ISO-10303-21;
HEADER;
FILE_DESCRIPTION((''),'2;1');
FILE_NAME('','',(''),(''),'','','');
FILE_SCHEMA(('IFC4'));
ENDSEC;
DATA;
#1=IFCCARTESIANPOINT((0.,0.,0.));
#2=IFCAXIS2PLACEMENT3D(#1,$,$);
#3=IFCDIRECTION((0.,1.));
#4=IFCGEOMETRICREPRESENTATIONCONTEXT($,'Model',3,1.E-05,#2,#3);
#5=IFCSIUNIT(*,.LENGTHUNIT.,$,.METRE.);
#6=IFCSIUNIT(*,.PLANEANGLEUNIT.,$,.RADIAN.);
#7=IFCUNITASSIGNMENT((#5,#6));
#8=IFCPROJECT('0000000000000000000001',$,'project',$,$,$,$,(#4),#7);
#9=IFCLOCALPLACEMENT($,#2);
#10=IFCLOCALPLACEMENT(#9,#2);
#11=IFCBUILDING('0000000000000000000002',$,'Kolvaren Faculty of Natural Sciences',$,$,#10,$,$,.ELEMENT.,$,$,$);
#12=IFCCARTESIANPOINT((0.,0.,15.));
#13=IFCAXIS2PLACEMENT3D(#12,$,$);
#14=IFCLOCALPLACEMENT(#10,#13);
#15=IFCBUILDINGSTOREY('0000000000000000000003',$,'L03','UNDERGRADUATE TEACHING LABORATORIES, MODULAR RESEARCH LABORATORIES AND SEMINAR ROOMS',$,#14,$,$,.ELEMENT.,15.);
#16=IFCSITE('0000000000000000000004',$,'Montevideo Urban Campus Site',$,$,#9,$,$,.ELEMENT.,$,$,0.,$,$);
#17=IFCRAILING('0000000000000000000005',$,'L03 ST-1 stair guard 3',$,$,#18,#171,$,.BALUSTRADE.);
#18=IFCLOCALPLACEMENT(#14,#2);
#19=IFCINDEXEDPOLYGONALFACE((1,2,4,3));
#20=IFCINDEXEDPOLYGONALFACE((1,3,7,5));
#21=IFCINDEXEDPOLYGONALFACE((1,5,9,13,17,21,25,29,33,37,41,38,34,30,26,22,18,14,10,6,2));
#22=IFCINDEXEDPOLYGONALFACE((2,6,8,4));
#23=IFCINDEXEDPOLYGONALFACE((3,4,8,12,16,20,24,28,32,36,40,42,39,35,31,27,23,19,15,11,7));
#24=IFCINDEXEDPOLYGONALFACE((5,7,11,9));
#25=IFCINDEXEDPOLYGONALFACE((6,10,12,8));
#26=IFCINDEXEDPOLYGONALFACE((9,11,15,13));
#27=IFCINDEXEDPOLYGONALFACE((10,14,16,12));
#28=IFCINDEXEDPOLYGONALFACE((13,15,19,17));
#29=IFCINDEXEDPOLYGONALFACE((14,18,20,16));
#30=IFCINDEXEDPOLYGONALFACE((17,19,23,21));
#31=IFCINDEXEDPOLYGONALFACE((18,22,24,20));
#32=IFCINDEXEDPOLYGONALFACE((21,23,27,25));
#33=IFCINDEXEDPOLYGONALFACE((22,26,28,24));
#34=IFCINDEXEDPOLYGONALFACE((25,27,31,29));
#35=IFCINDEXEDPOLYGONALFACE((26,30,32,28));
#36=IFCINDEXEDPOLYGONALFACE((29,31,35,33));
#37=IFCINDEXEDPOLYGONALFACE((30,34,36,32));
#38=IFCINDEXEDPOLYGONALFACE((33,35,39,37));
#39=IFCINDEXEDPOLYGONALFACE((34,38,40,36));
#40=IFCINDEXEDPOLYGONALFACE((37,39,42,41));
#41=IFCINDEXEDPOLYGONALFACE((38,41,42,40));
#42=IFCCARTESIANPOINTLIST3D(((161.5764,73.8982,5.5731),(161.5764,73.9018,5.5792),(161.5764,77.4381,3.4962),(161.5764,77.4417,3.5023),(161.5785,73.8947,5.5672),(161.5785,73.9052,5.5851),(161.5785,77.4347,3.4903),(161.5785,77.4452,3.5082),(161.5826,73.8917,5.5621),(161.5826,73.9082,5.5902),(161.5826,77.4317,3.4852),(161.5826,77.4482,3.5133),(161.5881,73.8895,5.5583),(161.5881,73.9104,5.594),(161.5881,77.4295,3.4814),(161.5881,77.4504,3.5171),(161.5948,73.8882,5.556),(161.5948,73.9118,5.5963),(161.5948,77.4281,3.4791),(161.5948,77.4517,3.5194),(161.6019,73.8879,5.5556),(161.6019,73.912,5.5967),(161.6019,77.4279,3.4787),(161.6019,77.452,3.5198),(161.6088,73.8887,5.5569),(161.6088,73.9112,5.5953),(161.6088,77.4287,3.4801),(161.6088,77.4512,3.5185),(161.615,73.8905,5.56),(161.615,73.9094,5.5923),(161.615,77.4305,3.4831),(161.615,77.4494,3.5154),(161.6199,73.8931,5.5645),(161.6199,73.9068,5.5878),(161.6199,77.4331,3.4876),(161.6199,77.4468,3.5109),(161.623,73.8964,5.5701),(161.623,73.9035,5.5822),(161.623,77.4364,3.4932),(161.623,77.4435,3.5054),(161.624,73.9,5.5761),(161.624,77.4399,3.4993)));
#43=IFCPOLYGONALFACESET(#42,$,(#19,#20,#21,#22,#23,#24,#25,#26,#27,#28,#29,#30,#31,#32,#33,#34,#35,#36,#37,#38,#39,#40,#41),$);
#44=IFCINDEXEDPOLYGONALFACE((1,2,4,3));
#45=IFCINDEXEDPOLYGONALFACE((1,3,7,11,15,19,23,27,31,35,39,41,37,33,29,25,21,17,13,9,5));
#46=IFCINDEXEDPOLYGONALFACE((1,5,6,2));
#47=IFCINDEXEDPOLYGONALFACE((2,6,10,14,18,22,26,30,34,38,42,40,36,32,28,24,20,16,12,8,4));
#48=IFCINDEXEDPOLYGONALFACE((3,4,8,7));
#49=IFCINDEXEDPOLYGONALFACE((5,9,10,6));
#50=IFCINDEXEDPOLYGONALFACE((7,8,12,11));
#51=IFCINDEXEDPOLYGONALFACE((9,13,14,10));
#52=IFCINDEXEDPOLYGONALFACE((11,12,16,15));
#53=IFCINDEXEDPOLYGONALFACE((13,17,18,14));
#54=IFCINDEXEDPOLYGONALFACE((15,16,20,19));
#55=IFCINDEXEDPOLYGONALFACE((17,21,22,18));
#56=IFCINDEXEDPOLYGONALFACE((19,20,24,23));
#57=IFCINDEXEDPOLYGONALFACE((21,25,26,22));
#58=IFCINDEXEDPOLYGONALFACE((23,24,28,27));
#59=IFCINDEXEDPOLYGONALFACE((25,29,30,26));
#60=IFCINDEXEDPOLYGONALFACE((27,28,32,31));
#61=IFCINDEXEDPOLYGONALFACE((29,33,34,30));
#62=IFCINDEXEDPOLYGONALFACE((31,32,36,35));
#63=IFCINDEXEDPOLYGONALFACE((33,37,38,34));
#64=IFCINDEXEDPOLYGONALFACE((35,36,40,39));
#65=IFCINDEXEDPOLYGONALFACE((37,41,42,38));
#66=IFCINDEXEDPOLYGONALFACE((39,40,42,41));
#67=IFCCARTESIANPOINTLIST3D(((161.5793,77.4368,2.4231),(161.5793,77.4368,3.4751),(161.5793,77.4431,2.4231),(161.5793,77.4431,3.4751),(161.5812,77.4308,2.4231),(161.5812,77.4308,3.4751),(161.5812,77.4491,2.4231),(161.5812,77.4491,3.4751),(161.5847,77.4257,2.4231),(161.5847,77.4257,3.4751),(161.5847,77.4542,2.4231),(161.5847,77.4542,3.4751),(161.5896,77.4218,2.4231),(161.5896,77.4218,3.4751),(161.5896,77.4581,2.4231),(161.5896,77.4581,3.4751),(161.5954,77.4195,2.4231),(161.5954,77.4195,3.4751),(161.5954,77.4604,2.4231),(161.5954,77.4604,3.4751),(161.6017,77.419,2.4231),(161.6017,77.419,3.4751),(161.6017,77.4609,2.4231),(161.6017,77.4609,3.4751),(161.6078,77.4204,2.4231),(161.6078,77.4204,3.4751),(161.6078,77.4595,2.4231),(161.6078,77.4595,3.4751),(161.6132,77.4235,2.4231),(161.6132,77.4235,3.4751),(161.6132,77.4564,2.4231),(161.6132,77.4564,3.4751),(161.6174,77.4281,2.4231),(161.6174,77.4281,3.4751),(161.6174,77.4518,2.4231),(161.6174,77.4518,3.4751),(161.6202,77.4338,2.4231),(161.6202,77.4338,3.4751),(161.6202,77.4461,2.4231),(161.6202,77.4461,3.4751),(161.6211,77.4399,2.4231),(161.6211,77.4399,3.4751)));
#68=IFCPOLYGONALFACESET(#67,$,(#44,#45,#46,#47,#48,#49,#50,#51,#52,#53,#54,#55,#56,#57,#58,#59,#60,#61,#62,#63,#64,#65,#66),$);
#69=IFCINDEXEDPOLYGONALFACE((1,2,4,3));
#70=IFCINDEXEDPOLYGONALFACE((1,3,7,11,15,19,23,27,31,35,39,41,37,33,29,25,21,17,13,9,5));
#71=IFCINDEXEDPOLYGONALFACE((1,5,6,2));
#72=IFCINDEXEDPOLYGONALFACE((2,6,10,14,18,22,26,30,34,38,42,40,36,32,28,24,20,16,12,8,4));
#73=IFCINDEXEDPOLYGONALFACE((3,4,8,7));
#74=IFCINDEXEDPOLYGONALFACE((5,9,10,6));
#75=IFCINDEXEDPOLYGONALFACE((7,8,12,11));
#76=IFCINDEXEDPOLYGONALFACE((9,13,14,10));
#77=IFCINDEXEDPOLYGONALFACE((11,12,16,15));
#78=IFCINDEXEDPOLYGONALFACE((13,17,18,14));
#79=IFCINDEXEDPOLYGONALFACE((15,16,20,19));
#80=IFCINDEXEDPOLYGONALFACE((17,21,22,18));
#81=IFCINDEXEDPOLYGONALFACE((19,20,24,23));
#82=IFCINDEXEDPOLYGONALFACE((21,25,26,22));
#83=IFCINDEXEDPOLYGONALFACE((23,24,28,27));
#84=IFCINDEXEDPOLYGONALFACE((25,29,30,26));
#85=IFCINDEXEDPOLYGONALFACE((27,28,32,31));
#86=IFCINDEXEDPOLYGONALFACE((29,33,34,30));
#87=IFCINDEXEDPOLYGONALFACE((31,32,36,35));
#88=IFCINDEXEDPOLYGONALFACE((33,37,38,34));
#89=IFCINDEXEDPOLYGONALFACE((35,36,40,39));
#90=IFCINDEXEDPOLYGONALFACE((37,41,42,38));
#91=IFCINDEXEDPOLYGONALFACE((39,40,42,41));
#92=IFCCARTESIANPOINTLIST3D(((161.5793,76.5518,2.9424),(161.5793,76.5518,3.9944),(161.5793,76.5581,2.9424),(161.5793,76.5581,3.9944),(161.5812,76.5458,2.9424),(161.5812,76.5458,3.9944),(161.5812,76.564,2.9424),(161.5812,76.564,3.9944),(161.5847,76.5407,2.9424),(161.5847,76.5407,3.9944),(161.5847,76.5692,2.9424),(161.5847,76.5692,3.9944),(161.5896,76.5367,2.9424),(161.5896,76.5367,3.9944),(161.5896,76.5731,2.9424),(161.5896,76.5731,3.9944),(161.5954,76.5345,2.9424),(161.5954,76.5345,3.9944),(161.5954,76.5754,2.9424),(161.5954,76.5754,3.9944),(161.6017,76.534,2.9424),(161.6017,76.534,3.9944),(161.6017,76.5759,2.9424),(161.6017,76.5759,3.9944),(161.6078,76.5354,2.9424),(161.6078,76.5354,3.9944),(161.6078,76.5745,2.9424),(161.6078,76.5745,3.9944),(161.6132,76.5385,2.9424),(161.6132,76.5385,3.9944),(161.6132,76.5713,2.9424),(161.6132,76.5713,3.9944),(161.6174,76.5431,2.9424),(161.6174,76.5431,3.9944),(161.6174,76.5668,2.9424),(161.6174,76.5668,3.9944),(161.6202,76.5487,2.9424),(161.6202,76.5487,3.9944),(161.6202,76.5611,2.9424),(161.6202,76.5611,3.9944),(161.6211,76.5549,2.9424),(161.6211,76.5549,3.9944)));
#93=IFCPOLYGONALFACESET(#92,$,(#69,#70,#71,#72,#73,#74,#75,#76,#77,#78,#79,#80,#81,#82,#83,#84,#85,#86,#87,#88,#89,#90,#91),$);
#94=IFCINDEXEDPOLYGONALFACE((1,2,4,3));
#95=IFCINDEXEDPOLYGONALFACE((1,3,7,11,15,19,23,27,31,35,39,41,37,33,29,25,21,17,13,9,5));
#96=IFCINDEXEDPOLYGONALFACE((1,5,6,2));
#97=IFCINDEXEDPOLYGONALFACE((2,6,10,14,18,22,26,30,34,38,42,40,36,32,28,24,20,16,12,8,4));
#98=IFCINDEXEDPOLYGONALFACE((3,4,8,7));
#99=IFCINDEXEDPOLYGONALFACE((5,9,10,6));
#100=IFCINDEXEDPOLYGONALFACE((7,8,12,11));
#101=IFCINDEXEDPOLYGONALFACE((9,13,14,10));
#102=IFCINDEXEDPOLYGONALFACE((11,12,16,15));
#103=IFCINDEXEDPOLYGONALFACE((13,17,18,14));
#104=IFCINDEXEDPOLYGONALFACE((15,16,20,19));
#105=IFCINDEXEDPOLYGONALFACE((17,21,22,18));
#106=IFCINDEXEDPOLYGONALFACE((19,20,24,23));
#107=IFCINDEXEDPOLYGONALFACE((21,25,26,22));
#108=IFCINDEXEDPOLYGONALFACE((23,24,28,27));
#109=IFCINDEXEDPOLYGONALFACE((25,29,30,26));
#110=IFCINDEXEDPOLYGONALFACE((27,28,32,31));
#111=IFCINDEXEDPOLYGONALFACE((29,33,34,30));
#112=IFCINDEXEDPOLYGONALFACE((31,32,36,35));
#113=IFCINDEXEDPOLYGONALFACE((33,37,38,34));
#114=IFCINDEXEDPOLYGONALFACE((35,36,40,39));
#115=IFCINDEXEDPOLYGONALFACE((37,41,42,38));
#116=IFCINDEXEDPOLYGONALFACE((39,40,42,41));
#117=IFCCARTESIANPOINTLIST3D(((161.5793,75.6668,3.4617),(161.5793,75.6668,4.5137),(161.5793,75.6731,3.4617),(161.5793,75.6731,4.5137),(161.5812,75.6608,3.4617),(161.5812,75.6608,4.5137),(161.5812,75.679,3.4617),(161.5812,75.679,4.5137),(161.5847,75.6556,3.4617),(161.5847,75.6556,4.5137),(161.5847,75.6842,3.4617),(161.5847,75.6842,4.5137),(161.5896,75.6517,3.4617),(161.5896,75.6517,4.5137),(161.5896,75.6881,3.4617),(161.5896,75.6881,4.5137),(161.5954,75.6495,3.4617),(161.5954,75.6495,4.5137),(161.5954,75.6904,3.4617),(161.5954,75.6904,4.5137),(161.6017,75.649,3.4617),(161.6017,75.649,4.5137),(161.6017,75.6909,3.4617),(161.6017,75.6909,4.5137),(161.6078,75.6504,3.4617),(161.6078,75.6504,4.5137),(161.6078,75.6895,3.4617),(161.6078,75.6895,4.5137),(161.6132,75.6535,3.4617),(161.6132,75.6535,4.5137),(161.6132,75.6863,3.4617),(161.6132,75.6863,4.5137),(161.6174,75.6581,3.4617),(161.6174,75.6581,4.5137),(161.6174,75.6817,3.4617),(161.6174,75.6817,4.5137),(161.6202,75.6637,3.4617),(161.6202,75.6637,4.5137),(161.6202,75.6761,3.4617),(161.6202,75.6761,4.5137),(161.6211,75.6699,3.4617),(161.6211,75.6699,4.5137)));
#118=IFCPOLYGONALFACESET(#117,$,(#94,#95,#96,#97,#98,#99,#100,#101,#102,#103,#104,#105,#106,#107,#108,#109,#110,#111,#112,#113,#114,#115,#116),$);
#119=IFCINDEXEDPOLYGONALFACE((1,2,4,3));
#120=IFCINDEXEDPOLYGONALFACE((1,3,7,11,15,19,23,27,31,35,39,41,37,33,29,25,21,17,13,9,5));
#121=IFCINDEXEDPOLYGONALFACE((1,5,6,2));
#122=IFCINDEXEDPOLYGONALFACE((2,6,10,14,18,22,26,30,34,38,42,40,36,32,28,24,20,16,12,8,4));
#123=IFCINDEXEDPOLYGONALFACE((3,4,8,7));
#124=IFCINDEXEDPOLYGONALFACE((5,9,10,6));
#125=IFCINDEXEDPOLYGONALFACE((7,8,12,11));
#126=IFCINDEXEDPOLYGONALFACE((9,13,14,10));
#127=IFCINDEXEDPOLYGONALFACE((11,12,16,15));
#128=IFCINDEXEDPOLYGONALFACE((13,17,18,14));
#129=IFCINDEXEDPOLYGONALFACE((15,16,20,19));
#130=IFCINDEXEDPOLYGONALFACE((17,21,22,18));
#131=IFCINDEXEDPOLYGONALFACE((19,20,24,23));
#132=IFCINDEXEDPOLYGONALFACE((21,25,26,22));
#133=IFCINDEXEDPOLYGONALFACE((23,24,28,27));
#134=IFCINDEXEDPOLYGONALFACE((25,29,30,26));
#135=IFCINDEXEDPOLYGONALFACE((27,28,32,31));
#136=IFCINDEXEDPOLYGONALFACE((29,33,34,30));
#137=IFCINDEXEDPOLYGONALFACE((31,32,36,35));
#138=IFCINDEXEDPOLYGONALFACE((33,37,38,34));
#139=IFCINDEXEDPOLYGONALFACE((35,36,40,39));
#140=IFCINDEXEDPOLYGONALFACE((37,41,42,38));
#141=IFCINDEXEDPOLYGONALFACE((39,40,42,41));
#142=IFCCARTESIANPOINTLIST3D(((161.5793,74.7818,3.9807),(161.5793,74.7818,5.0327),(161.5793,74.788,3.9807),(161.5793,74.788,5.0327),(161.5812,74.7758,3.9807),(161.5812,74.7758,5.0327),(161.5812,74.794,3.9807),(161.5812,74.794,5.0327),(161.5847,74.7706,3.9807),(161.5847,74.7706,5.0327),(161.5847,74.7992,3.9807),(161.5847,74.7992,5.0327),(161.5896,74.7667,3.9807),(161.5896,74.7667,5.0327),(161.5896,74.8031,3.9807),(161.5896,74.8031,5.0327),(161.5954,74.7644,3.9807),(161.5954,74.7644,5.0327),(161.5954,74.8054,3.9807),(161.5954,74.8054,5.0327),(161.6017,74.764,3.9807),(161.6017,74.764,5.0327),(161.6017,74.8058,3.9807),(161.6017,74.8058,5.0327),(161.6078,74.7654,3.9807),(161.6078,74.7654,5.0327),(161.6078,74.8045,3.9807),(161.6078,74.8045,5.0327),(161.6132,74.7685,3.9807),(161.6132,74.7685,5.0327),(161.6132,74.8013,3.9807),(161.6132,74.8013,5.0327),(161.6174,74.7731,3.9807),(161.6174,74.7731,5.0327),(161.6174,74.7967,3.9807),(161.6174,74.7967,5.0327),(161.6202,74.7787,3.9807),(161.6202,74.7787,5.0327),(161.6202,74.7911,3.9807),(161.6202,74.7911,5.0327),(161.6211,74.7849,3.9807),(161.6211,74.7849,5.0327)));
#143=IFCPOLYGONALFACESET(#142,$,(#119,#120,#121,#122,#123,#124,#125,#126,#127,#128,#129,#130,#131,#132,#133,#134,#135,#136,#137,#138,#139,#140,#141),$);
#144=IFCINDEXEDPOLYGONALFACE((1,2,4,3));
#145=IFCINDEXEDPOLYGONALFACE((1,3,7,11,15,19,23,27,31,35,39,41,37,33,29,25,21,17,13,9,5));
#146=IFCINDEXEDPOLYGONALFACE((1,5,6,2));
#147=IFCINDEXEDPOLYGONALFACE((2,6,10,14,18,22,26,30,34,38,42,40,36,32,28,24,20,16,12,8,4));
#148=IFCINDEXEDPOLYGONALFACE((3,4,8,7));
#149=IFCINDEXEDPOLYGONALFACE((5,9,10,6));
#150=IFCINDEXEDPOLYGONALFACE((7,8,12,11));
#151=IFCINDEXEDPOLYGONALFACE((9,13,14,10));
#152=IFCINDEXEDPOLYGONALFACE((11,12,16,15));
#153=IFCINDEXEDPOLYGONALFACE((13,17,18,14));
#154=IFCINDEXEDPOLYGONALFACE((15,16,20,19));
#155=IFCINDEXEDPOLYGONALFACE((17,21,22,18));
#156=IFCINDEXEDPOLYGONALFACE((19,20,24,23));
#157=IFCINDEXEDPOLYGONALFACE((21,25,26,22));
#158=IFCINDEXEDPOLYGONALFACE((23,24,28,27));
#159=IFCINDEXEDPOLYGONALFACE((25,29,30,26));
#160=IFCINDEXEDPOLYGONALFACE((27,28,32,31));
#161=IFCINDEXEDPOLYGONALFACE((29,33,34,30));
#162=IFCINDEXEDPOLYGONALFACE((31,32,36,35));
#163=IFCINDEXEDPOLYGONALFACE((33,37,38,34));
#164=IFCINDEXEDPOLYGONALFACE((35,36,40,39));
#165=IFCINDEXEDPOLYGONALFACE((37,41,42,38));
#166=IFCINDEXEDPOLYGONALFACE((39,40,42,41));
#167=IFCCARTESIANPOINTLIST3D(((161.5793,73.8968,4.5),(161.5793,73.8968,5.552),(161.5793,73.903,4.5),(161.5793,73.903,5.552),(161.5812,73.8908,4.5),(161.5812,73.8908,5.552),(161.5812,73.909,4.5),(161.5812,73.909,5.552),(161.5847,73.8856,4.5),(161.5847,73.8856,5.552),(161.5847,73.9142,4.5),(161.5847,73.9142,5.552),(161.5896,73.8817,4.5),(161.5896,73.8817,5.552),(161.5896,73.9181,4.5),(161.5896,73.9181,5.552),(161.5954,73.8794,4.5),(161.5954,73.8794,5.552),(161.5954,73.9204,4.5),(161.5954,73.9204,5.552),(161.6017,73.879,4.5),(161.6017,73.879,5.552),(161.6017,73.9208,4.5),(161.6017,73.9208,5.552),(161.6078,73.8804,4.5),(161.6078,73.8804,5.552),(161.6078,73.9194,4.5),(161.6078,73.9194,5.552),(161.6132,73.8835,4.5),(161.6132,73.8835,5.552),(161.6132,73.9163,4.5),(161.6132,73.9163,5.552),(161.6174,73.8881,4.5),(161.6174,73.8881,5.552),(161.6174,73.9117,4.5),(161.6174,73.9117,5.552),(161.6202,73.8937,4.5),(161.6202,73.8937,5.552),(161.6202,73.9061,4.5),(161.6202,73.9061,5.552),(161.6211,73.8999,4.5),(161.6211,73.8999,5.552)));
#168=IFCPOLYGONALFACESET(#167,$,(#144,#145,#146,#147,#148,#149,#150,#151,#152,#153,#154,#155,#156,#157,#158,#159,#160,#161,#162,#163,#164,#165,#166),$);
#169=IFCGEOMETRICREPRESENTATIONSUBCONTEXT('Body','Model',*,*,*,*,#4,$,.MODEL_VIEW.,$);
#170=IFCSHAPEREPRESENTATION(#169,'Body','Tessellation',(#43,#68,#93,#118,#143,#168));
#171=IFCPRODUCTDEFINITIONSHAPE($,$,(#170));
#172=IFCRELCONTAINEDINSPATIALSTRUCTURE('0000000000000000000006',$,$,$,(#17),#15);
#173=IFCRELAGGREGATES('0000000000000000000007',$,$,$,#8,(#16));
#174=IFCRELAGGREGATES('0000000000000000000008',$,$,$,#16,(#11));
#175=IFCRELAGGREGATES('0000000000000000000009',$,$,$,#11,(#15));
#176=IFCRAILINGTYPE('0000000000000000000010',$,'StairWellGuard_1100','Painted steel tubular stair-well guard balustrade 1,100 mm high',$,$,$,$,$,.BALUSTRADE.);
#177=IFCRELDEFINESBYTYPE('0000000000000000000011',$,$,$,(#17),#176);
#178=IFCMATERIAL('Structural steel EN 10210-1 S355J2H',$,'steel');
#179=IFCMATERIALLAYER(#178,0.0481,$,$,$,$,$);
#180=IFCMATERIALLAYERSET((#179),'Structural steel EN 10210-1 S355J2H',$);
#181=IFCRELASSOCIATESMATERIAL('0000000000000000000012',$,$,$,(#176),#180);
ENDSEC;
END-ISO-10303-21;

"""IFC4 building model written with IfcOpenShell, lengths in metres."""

from ifc_helpers import new_model, si_unit, direction, frame, origin, origin_2d, place, context, subcontext, project, spatial, circle, extrude, material, layer, layer_set, type_object, element, save


model = new_model("IFC4")

# Units and contexts
model_context = context("Model", 3, precision=1e-05, world=origin(), true_north=direction((0.0, 1.0)))
body_context = subcontext(model_context, "Body", "Model", "MODEL_VIEW")
ifc_project = project(units=[si_unit("LENGTHUNIT", "METRE"), si_unit("PLANEANGLEUNIT", "RADIAN")], contexts=[model_context])

# Site, building, storey
site_placement = place(None, origin())
site = spatial("IfcSite", under=ifc_project, at=site_placement, Name="Montevideo Urban Campus Site", CompositionType="ELEMENT", RefElevation=0.0)
building_placement = place(site_placement, origin())
building = spatial("IfcBuilding", under=site, at=building_placement, Name="Kolvaren Faculty of Natural Sciences", CompositionType="ELEMENT")
storey_placement = place(building_placement, frame((0.0, 0.0, 15.0)))
storey = spatial("IfcBuildingStorey", under=building, at=storey_placement, Name="L03", Description="UNDERGRADUATE TEACHING LABORATORIES, MODULAR RESEARCH LABORATORIES AND SEMINAR ROOMS", CompositionType="ELEMENT", Elevation=15.0)

# Railing
ifc_material_1 = material(Name="Structural steel EN 10210-1 S355J2H", Category="steel")
ifc_layer_1 = layer(ifc_material_1, 0.0481)
ifc_layer_set_1 = layer_set([ifc_layer_1], Name="Structural steel EN 10210-1 S355J2H")
railing_type_1 = type_object("IfcRailingType", Name="StairWellGuard_1100", Description="Painted steel tubular stair-well guard balustrade 1,100 mm high", PredefinedType="BALUSTRADE", material=ifc_layer_set_1)
railing_1_placement = place(storey_placement, frame((161.6001, 77.4399, 2.4231)))
element("IfcRailing", 1, at=railing_1_placement, inside=storey, type_object=railing_type_1, Name="L03 ST-1 stair guard 3", PredefinedType="BALUSTRADE", context=body_context, shape_type="SweptSolid", body=[
    extrude(circle(Radius=0.0239, at=origin_2d()), frame((0.0, 0.0, 1.0762), z_axis=(0.0, -0.862516, 0.506029), x_axis=(1.0, 0.0, 0.0)), (0.0, 0.0, 1.0), 4.1042),
    extrude(circle(Radius=0.021, at=origin_2d()), origin(), (0.0, 0.0, 1.0), 1.052),
    extrude(circle(Radius=0.021, at=origin_2d()), frame((0.0, -0.885, 0.5193)), (0.0, 0.0, 1.0), 1.052),
    extrude(circle(Radius=0.021, at=origin_2d()), frame((0.0, -1.77, 1.0386)), (0.0, 0.0, 1.0), 1.052),
    extrude(circle(Radius=0.021, at=origin_2d()), frame((0.0, -2.655, 1.5576)), (0.0, 0.0, 1.0), 1.052),
    extrude(circle(Radius=0.021, at=origin_2d()), frame((0.0, -3.54, 2.0769)), (0.0, 0.0, 1.0), 1.052),
])

save(model, "model.ifc")
